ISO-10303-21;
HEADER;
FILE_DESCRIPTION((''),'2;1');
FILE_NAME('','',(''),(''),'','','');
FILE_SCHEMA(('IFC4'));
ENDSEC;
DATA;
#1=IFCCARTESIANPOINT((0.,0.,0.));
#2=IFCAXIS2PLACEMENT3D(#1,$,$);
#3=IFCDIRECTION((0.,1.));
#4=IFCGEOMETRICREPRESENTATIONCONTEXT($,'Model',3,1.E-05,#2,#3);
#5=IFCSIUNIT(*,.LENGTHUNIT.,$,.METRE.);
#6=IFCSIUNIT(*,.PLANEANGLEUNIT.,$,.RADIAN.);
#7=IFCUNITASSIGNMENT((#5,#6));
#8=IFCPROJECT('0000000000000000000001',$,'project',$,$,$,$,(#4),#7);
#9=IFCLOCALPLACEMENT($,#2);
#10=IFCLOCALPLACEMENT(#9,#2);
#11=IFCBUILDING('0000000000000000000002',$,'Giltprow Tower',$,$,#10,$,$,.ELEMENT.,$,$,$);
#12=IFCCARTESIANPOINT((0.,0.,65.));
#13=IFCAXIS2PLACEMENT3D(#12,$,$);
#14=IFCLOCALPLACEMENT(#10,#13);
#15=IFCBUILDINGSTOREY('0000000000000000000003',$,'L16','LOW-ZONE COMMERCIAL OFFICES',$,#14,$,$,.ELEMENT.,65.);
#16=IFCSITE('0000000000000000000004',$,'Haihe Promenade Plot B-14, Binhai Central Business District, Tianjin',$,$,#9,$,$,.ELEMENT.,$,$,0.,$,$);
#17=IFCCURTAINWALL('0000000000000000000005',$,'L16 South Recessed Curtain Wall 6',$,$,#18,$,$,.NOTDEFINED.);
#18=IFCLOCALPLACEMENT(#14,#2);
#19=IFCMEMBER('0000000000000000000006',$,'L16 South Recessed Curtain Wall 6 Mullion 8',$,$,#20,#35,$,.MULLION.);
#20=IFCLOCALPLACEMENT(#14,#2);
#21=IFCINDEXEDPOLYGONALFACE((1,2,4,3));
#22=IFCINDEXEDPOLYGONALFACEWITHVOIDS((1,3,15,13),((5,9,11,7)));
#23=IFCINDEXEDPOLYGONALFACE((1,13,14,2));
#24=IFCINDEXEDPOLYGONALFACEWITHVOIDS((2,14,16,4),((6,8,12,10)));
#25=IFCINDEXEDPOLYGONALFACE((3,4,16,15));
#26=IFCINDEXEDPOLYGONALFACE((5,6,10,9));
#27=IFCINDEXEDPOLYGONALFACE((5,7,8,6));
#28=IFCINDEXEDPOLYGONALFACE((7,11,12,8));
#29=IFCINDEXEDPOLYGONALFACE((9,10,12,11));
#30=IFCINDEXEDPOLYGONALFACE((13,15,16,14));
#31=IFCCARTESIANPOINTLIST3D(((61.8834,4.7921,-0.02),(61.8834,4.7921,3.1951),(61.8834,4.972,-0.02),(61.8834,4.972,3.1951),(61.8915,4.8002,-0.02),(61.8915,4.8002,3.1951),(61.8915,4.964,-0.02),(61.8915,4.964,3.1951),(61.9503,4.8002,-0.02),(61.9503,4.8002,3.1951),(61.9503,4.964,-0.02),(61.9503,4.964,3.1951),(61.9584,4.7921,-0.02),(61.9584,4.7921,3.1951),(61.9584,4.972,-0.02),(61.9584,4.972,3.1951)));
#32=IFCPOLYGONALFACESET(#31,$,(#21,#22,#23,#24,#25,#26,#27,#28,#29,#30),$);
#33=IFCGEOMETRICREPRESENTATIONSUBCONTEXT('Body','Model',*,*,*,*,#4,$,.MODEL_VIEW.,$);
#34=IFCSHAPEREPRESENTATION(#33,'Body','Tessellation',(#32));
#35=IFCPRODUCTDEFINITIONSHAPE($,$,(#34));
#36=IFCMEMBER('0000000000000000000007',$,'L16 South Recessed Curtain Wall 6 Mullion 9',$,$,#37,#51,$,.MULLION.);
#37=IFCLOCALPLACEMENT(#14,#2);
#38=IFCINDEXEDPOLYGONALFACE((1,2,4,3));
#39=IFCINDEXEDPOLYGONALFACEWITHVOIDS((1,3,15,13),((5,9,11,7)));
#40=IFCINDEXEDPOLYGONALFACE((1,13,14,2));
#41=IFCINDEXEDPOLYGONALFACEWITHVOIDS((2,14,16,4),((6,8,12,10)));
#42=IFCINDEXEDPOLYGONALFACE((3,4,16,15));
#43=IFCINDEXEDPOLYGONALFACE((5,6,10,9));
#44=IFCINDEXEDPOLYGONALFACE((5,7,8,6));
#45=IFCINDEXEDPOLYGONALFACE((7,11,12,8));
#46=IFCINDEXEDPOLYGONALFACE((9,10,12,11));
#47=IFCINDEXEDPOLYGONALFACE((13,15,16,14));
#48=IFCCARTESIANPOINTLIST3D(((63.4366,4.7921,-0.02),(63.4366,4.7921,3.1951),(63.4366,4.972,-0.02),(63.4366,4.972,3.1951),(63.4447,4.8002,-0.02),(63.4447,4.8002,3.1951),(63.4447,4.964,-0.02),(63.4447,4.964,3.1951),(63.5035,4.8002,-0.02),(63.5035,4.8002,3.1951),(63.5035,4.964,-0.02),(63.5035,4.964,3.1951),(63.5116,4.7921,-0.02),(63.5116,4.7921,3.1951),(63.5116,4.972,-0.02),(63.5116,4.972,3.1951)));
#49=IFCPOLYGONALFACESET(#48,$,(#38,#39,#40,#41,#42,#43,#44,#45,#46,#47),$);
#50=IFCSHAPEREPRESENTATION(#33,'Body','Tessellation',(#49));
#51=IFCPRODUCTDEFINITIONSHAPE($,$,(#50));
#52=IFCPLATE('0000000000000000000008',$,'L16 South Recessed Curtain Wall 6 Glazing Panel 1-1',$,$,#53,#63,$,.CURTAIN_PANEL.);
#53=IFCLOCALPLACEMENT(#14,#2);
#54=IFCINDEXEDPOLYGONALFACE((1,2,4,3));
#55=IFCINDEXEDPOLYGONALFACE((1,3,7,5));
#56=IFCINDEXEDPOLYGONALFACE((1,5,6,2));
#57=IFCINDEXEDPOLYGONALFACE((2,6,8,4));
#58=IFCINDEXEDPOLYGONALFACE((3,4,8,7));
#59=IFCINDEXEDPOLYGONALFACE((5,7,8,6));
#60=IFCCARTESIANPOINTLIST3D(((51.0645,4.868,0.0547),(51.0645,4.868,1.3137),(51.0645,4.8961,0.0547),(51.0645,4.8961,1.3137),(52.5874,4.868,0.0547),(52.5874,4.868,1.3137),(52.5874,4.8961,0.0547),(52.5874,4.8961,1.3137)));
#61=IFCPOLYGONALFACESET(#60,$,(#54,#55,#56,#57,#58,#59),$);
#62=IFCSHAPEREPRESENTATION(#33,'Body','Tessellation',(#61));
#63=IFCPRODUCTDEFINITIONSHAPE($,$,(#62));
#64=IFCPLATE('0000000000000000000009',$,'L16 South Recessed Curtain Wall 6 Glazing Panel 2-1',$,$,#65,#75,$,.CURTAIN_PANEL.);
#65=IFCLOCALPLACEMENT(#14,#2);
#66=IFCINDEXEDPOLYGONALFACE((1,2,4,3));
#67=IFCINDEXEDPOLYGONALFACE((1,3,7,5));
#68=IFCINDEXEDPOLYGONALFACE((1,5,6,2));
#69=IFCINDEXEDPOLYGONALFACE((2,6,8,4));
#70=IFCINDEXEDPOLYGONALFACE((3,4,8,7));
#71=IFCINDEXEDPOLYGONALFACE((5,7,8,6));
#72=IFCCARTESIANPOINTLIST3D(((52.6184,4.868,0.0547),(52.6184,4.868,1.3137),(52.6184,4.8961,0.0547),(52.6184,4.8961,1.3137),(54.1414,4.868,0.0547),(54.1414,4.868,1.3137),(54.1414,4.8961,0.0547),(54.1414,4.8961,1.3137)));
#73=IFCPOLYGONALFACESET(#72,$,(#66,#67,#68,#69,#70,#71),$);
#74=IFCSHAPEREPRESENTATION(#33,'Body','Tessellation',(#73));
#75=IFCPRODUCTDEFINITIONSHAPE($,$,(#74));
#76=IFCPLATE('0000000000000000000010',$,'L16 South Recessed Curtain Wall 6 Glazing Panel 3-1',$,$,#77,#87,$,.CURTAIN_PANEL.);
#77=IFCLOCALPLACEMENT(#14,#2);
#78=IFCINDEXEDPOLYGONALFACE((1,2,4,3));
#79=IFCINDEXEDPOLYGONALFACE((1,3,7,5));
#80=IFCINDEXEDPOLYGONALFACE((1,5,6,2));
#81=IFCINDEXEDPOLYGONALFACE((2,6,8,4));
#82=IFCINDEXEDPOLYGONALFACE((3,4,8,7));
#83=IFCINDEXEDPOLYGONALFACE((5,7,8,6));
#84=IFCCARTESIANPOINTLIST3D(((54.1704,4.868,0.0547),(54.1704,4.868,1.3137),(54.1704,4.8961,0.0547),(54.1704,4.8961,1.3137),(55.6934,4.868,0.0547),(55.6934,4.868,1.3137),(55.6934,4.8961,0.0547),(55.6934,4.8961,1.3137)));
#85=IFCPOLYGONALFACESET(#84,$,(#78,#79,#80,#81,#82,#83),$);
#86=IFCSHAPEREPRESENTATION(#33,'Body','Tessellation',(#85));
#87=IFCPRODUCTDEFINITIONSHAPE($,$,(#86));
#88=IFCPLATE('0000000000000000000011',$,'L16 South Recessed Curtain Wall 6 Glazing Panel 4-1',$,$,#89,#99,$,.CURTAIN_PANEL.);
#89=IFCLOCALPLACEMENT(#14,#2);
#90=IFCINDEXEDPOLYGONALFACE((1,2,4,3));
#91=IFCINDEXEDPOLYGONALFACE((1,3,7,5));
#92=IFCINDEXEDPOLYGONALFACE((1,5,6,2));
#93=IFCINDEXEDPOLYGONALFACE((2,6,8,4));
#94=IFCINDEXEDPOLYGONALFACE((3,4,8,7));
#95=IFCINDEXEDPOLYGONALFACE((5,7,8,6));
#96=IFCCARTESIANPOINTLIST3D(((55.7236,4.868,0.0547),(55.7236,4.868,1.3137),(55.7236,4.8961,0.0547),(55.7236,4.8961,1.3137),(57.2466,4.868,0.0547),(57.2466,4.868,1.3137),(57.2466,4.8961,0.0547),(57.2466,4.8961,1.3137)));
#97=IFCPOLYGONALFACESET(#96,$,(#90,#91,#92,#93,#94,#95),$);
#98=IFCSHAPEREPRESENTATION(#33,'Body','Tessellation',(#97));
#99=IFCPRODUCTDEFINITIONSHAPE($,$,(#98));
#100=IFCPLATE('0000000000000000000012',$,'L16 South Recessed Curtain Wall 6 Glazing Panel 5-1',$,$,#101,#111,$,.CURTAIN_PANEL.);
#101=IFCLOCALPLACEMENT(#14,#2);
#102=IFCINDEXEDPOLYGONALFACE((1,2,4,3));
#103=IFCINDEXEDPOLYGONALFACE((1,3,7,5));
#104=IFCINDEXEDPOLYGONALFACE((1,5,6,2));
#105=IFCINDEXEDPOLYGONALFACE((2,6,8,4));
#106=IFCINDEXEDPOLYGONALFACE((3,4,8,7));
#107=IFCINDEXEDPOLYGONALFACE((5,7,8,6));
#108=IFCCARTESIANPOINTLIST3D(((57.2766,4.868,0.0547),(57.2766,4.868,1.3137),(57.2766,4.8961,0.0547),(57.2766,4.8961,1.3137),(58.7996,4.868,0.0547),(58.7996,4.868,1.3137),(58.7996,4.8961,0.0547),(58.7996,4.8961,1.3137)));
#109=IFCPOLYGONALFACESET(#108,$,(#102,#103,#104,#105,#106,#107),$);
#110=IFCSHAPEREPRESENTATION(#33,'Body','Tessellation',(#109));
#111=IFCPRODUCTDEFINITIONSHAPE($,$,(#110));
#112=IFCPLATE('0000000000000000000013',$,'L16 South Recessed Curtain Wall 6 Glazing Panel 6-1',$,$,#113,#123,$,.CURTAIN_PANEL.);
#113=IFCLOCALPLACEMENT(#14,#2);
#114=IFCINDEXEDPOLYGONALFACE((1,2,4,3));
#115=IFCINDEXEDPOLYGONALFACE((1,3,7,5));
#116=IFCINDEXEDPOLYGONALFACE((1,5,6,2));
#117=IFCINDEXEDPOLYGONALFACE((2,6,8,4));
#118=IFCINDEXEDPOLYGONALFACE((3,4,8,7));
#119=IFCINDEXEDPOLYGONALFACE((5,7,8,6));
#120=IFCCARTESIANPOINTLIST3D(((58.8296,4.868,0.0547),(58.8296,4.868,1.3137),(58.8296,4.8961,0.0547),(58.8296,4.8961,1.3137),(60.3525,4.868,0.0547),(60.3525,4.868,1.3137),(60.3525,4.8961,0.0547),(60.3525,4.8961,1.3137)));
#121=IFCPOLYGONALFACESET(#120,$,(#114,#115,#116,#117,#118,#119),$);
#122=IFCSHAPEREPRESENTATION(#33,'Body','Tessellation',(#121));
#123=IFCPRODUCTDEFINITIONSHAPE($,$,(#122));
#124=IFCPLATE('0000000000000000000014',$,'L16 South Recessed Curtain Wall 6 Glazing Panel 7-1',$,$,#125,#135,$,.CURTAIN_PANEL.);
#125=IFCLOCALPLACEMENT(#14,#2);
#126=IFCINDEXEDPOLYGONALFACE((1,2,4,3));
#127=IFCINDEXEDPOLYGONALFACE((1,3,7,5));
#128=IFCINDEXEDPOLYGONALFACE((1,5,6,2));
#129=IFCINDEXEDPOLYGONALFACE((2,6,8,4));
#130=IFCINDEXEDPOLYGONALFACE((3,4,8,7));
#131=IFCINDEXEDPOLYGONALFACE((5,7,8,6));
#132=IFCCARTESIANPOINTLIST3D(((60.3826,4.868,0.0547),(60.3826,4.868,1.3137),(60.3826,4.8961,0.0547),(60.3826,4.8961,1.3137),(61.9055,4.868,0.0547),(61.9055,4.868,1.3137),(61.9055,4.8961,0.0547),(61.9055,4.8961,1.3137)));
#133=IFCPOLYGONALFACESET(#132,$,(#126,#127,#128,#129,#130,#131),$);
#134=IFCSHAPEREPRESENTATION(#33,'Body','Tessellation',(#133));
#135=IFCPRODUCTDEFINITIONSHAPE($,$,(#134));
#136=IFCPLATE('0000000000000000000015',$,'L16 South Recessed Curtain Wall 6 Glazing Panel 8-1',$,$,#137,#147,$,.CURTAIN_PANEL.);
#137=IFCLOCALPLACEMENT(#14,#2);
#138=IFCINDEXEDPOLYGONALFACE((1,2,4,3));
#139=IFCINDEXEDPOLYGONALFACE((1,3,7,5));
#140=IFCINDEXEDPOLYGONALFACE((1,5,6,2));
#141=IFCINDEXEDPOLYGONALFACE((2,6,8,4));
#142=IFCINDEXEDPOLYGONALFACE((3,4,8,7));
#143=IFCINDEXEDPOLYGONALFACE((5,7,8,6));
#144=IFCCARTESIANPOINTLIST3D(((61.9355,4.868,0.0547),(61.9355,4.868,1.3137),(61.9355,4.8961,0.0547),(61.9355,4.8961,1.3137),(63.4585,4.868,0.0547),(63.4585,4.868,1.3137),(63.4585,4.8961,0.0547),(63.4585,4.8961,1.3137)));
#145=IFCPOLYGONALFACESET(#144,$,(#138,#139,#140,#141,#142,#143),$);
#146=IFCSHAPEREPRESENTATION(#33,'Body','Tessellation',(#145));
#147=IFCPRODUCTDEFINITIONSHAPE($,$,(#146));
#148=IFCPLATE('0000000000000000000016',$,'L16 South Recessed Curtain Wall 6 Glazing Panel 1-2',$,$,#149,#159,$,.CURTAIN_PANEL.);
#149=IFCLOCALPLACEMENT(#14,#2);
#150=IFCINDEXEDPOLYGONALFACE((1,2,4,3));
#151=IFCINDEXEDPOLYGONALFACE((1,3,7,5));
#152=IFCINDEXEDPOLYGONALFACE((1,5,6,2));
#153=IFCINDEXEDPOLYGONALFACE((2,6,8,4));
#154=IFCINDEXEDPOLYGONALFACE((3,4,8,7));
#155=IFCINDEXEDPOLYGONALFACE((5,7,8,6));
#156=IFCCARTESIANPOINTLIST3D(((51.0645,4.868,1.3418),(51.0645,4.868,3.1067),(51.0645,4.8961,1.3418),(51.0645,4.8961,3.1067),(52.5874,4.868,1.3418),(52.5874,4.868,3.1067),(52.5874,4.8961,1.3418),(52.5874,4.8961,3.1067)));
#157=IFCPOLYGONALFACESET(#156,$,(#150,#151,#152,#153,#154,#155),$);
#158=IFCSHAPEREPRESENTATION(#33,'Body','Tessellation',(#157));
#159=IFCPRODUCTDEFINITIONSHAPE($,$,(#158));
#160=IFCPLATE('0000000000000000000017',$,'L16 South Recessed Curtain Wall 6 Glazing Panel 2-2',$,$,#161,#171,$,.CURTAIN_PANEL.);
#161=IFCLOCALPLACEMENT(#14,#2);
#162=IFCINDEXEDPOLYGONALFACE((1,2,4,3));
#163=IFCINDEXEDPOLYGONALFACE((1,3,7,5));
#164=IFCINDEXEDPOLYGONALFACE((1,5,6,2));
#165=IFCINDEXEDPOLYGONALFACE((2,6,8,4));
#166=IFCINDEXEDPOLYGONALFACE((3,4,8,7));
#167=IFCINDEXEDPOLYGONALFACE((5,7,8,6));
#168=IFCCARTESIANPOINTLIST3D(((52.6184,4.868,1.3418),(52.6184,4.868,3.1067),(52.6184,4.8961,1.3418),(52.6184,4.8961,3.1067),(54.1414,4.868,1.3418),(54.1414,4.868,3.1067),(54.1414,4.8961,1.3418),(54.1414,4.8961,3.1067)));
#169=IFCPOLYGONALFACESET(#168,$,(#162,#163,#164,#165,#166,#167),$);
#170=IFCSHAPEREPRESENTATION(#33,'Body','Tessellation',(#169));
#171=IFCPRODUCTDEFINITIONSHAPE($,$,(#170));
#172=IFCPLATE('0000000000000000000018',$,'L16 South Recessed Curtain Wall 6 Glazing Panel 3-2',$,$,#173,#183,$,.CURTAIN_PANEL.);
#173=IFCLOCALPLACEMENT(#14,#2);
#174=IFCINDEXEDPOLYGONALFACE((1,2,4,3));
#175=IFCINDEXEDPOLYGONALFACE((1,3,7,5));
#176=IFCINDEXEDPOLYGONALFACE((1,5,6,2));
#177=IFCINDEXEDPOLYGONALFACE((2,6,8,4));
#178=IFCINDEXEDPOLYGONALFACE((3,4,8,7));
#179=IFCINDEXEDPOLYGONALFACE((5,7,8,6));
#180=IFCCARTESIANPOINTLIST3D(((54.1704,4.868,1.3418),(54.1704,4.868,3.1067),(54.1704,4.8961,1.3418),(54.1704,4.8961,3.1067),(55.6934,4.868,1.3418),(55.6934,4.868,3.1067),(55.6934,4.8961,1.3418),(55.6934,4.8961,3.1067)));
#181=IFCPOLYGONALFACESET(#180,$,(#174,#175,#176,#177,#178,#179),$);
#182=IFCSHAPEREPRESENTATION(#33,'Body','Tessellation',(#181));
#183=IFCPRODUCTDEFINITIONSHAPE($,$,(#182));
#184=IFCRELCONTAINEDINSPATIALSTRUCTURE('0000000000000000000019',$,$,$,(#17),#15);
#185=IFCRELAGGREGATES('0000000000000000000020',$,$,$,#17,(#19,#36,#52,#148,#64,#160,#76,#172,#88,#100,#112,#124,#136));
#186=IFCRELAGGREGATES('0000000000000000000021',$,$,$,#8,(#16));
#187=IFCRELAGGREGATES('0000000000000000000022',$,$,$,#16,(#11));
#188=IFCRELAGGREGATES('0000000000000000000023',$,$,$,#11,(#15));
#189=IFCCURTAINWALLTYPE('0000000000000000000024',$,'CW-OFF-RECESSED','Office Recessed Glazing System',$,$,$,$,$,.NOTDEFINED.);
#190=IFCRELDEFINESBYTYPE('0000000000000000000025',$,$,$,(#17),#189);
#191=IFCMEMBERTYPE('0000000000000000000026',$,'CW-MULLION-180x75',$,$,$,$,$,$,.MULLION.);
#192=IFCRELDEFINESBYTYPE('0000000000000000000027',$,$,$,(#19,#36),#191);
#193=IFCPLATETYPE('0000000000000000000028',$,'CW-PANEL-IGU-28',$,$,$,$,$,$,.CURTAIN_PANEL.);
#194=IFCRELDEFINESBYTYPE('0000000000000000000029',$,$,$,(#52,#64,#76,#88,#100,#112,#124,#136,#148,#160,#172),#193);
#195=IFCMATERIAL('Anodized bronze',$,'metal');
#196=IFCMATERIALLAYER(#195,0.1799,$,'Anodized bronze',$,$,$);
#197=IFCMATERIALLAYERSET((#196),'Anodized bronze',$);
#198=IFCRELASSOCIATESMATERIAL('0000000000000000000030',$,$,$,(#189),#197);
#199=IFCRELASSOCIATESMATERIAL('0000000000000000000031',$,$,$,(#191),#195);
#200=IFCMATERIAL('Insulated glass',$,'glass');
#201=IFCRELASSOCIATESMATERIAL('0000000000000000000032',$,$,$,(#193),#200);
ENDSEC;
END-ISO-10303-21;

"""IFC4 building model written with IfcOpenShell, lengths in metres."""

from ifc_helpers import new_model, si_unit, direction, frame, origin, origin_2d, place, context, subcontext, project, spatial, rectangle, hollow_rectangle, extrude, source, transform, mapped, material, layer, layer_set, material_profile, profile_set, type_object, element, aggregate, save


model = new_model("IFC4")

# Units and contexts
model_context = context("Model", 3, precision=1e-05, world=origin(), true_north=direction((0.0, 1.0)))
body_context = subcontext(model_context, "Body", "Model", "MODEL_VIEW")
ifc_project = project(units=[si_unit("LENGTHUNIT", "METRE"), si_unit("PLANEANGLEUNIT", "RADIAN")], contexts=[model_context])

# Site, building, storey
site_placement = place(None, origin())
site = spatial("IfcSite", under=ifc_project, at=site_placement, Name="Haihe Promenade Plot B-14, Binhai Central Business District, Tianjin", CompositionType="ELEMENT", RefElevation=0.0)
building_placement = place(site_placement, origin())
building = spatial("IfcBuilding", under=site, at=building_placement, Name="Giltprow Tower", CompositionType="ELEMENT")
storey_placement = place(building_placement, frame((0.0, 0.0, 65.0)))
storey = spatial("IfcBuildingStorey", under=building, at=storey_placement, Name="L16", Description="LOW-ZONE COMMERCIAL OFFICES", CompositionType="ELEMENT", Elevation=65.0)

# Curtain wall, members, plates
ifc_material_1 = material(Name="Anodized bronze", Category="metal")
ifc_layer_1 = layer(ifc_material_1, 0.1799, Name="Anodized bronze")
ifc_layer_set_1 = layer_set([ifc_layer_1], Name="Anodized bronze")
curtain_wall_type = type_object("IfcCurtainWallType", Name="CW-OFF-RECESSED", Description="Office Recessed Glazing System", PredefinedType="NOTDEFINED", material=ifc_layer_set_1)
curtain_wall_placement = place(storey_placement, origin())
curtain_wall = element("IfcCurtainWall", 1, at=curtain_wall_placement, inside=storey, type_object=curtain_wall_type, Name="L16 South Recessed Curtain Wall 6", PredefinedType="NOTDEFINED")
ifc_material_profile_1 = material_profile(ifc_material_1, hollow_rectangle(XDim=0.075, YDim=0.1799, WallThickness=0.0081, at=origin_2d()), Name="RHS 180x75x8")
ifc_profile_set_1 = profile_set([ifc_material_profile_1], Name="Anodized bronze")
member_type = type_object("IfcMemberType", Name="CW-MULLION-180x75", PredefinedType="MULLION", material=ifc_profile_set_1)
shared_shape_1 = source(origin(), body_context, "Body", "SweptSolid", [
    extrude(hollow_rectangle(XDim=0.075, YDim=0.1799, WallThickness=0.0081, at=origin_2d()), origin(), (0.0, 0.0, 1.0), 3.2151),
])
member_1_placement = place(storey_placement, frame((61.9209, 4.8821, -0.02), z_axis=(0.0, 0.0, 1.0), x_axis=(1.0, 0.0, 0.0)))
member_1 = element("IfcMember", 2, at=member_1_placement, type_object=member_type, Name="L16 South Recessed Curtain Wall 6 Mullion 8", PredefinedType="MULLION", context=body_context, shape_type="MappedRepresentation", body=[
    mapped(shared_shape_1, transform((0.0, 0.0, 0.0), x_axis=(1.0, 0.0, 0.0), y_axis=(0.0, 1.0, 0.0), z_axis=(0.0, 0.0, 1.0), scale=1.0)),
])
member_2_placement = place(storey_placement, frame((63.4741, 4.8821, -0.02), z_axis=(0.0, 0.0, 1.0), x_axis=(1.0, 0.0, 0.0)))
member_2 = element("IfcMember", 3, at=member_2_placement, type_object=member_type, Name="L16 South Recessed Curtain Wall 6 Mullion 9", PredefinedType="MULLION", context=body_context, shape_type="MappedRepresentation", body=[
    mapped(shared_shape_1, transform((0.0, 0.0, 0.0), x_axis=(1.0, 0.0, 0.0), y_axis=(0.0, 1.0, 0.0), z_axis=(0.0, 0.0, 1.0), scale=1.0)),
])
ifc_material_2 = material(Name="Insulated glass", Category="glass")
plate_type = type_object("IfcPlateType", Name="CW-PANEL-IGU-28", PredefinedType="CURTAIN_PANEL", material=ifc_material_2)
shared_shape_2 = source(origin(), body_context, "Body", "SweptSolid", [
    extrude(rectangle(XDim=1.5229, YDim=0.0281, at=origin_2d()), origin(), (0.0, 0.0, 1.0), 1.259),
])
plate_1_placement = place(storey_placement, frame((51.8259, 4.8821, 0.0547), z_axis=(0.0, 0.0, 1.0), x_axis=(1.0, 0.0, 0.0)))
plate_1 = element("IfcPlate", 4, at=plate_1_placement, type_object=plate_type, Name="L16 South Recessed Curtain Wall 6 Glazing Panel 1-1", PredefinedType="CURTAIN_PANEL", context=body_context, shape_type="MappedRepresentation", body=[
    mapped(shared_shape_2, transform((0.0, 0.0, 0.0), x_axis=(1.0, 0.0, 0.0), y_axis=(0.0, 1.0, 0.0), z_axis=(0.0, 0.0, 1.0), scale=1.0)),
])
plate_2_placement = place(storey_placement, frame((53.3799, 4.8821, 0.0547), z_axis=(0.0, 0.0, 1.0), x_axis=(1.0, 0.0, 0.0)))
plate_2 = element("IfcPlate", 5, at=plate_2_placement, type_object=plate_type, Name="L16 South Recessed Curtain Wall 6 Glazing Panel 2-1", PredefinedType="CURTAIN_PANEL", context=body_context, shape_type="MappedRepresentation", body=[
    mapped(shared_shape_2, transform((0.0, 0.0, 0.0), x_axis=(1.0, 0.0, 0.0), y_axis=(0.0, 1.0, 0.0), z_axis=(0.0, 0.0, 1.0), scale=1.0)),
])
plate_3_placement = place(storey_placement, frame((54.9319, 4.8821, 0.0547), z_axis=(0.0, 0.0, 1.0), x_axis=(1.0, 0.0, 0.0)))
plate_3 = element("IfcPlate", 6, at=plate_3_placement, type_object=plate_type, Name="L16 South Recessed Curtain Wall 6 Glazing Panel 3-1", PredefinedType="CURTAIN_PANEL", context=body_context, shape_type="MappedRepresentation", body=[
    mapped(shared_shape_2, transform((0.0, 0.0, 0.0), x_axis=(1.0, 0.0, 0.0), y_axis=(0.0, 1.0, 0.0), z_axis=(0.0, 0.0, 1.0), scale=1.0)),
])
plate_4_placement = place(storey_placement, frame((56.4851, 4.8821, 0.0547), z_axis=(0.0, 0.0, 1.0), x_axis=(1.0, 0.0, 0.0)))
plate_4 = element("IfcPlate", 7, at=plate_4_placement, type_object=plate_type, Name="L16 South Recessed Curtain Wall 6 Glazing Panel 4-1", PredefinedType="CURTAIN_PANEL", context=body_context, shape_type="MappedRepresentation", body=[
    mapped(shared_shape_2, transform((0.0, 0.0, 0.0), x_axis=(1.0, 0.0, 0.0), y_axis=(0.0, 1.0, 0.0), z_axis=(0.0, 0.0, 1.0), scale=1.0)),
])
plate_5_placement = place(storey_placement, frame((58.0381, 4.8821, 0.0547), z_axis=(0.0, 0.0, 1.0), x_axis=(1.0, 0.0, 0.0)))
plate_5 = element("IfcPlate", 8, at=plate_5_placement, type_object=plate_type, Name="L16 South Recessed Curtain Wall 6 Glazing Panel 5-1", PredefinedType="CURTAIN_PANEL", context=body_context, shape_type="MappedRepresentation", body=[
    mapped(shared_shape_2, transform((0.0, 0.0, 0.0), x_axis=(1.0, 0.0, 0.0), y_axis=(0.0, 1.0, 0.0), z_axis=(0.0, 0.0, 1.0), scale=1.0)),
])
plate_6_placement = place(storey_placement, frame((59.5911, 4.8821, 0.0547), z_axis=(0.0, 0.0, 1.0), x_axis=(1.0, 0.0, 0.0)))
plate_6 = element("IfcPlate", 9, at=plate_6_placement, type_object=plate_type, Name="L16 South Recessed Curtain Wall 6 Glazing Panel 6-1", PredefinedType="CURTAIN_PANEL", context=body_context, shape_type="MappedRepresentation", body=[
    mapped(shared_shape_2, transform((0.0, 0.0, 0.0), x_axis=(1.0, 0.0, 0.0), y_axis=(0.0, 1.0, 0.0), z_axis=(0.0, 0.0, 1.0), scale=1.0)),
])
plate_7_placement = place(storey_placement, frame((61.144, 4.8821, 0.0547), z_axis=(0.0, 0.0, 1.0), x_axis=(1.0, 0.0, 0.0)))
plate_7 = element("IfcPlate", 10, at=plate_7_placement, type_object=plate_type, Name="L16 South Recessed Curtain Wall 6 Glazing Panel 7-1", PredefinedType="CURTAIN_PANEL", context=body_context, shape_type="MappedRepresentation", body=[
    mapped(shared_shape_2, transform((0.0, 0.0, 0.0), x_axis=(1.0, 0.0, 0.0), y_axis=(0.0, 1.0, 0.0), z_axis=(0.0, 0.0, 1.0), scale=1.0)),
])
plate_8_placement = place(storey_placement, frame((62.697, 4.8821, 0.0547), z_axis=(0.0, 0.0, 1.0), x_axis=(1.0, 0.0, 0.0)))
plate_8 = element("IfcPlate", 11, at=plate_8_placement, type_object=plate_type, Name="L16 South Recessed Curtain Wall 6 Glazing Panel 8-1", PredefinedType="CURTAIN_PANEL", context=body_context, shape_type="MappedRepresentation", body=[
    mapped(shared_shape_2, transform((0.0, 0.0, 0.0), x_axis=(1.0, 0.0, 0.0), y_axis=(0.0, 1.0, 0.0), z_axis=(0.0, 0.0, 1.0), scale=1.0)),
])
shared_shape_3 = source(origin(), body_context, "Body", "SweptSolid", [
    extrude(rectangle(XDim=1.5229, YDim=0.0281, at=origin_2d()), origin(), (0.0, 0.0, 1.0), 1.7649),
])
plate_9_placement = place(storey_placement, frame((51.8259, 4.8821, 1.3418), z_axis=(0.0, 0.0, 1.0), x_axis=(1.0, 0.0, 0.0)))
plate_9 = element("IfcPlate", 12, at=plate_9_placement, type_object=plate_type, Name="L16 South Recessed Curtain Wall 6 Glazing Panel 1-2", PredefinedType="CURTAIN_PANEL", context=body_context, shape_type="MappedRepresentation", body=[
    mapped(shared_shape_3, transform((0.0, 0.0, 0.0), x_axis=(1.0, 0.0, 0.0), y_axis=(0.0, 1.0, 0.0), z_axis=(0.0, 0.0, 1.0), scale=1.0)),
])
plate_10_placement = place(storey_placement, frame((53.3799, 4.8821, 1.3418), z_axis=(0.0, 0.0, 1.0), x_axis=(1.0, 0.0, 0.0)))
plate_10 = element("IfcPlate", 13, at=plate_10_placement, type_object=plate_type, Name="L16 South Recessed Curtain Wall 6 Glazing Panel 2-2", PredefinedType="CURTAIN_PANEL", context=body_context, shape_type="MappedRepresentation", body=[
    mapped(shared_shape_3, transform((0.0, 0.0, 0.0), x_axis=(1.0, 0.0, 0.0), y_axis=(0.0, 1.0, 0.0), z_axis=(0.0, 0.0, 1.0), scale=1.0)),
])
plate_11_placement = place(storey_placement, frame((54.9319, 4.8821, 1.3418), z_axis=(0.0, 0.0, 1.0), x_axis=(1.0, 0.0, 0.0)))
plate_11 = element("IfcPlate", 14, at=plate_11_placement, type_object=plate_type, Name="L16 South Recessed Curtain Wall 6 Glazing Panel 3-2", PredefinedType="CURTAIN_PANEL", context=body_context, shape_type="MappedRepresentation", body=[
    mapped(shared_shape_3, transform((0.0, 0.0, 0.0), x_axis=(1.0, 0.0, 0.0), y_axis=(0.0, 1.0, 0.0), z_axis=(0.0, 0.0, 1.0), scale=1.0)),
])
aggregate(curtain_wall, [member_1, member_2, plate_1, plate_9, plate_2, plate_10, plate_3, plate_11, plate_4, plate_5, plate_6, plate_7, plate_8])

save(model, "model.ifc")
